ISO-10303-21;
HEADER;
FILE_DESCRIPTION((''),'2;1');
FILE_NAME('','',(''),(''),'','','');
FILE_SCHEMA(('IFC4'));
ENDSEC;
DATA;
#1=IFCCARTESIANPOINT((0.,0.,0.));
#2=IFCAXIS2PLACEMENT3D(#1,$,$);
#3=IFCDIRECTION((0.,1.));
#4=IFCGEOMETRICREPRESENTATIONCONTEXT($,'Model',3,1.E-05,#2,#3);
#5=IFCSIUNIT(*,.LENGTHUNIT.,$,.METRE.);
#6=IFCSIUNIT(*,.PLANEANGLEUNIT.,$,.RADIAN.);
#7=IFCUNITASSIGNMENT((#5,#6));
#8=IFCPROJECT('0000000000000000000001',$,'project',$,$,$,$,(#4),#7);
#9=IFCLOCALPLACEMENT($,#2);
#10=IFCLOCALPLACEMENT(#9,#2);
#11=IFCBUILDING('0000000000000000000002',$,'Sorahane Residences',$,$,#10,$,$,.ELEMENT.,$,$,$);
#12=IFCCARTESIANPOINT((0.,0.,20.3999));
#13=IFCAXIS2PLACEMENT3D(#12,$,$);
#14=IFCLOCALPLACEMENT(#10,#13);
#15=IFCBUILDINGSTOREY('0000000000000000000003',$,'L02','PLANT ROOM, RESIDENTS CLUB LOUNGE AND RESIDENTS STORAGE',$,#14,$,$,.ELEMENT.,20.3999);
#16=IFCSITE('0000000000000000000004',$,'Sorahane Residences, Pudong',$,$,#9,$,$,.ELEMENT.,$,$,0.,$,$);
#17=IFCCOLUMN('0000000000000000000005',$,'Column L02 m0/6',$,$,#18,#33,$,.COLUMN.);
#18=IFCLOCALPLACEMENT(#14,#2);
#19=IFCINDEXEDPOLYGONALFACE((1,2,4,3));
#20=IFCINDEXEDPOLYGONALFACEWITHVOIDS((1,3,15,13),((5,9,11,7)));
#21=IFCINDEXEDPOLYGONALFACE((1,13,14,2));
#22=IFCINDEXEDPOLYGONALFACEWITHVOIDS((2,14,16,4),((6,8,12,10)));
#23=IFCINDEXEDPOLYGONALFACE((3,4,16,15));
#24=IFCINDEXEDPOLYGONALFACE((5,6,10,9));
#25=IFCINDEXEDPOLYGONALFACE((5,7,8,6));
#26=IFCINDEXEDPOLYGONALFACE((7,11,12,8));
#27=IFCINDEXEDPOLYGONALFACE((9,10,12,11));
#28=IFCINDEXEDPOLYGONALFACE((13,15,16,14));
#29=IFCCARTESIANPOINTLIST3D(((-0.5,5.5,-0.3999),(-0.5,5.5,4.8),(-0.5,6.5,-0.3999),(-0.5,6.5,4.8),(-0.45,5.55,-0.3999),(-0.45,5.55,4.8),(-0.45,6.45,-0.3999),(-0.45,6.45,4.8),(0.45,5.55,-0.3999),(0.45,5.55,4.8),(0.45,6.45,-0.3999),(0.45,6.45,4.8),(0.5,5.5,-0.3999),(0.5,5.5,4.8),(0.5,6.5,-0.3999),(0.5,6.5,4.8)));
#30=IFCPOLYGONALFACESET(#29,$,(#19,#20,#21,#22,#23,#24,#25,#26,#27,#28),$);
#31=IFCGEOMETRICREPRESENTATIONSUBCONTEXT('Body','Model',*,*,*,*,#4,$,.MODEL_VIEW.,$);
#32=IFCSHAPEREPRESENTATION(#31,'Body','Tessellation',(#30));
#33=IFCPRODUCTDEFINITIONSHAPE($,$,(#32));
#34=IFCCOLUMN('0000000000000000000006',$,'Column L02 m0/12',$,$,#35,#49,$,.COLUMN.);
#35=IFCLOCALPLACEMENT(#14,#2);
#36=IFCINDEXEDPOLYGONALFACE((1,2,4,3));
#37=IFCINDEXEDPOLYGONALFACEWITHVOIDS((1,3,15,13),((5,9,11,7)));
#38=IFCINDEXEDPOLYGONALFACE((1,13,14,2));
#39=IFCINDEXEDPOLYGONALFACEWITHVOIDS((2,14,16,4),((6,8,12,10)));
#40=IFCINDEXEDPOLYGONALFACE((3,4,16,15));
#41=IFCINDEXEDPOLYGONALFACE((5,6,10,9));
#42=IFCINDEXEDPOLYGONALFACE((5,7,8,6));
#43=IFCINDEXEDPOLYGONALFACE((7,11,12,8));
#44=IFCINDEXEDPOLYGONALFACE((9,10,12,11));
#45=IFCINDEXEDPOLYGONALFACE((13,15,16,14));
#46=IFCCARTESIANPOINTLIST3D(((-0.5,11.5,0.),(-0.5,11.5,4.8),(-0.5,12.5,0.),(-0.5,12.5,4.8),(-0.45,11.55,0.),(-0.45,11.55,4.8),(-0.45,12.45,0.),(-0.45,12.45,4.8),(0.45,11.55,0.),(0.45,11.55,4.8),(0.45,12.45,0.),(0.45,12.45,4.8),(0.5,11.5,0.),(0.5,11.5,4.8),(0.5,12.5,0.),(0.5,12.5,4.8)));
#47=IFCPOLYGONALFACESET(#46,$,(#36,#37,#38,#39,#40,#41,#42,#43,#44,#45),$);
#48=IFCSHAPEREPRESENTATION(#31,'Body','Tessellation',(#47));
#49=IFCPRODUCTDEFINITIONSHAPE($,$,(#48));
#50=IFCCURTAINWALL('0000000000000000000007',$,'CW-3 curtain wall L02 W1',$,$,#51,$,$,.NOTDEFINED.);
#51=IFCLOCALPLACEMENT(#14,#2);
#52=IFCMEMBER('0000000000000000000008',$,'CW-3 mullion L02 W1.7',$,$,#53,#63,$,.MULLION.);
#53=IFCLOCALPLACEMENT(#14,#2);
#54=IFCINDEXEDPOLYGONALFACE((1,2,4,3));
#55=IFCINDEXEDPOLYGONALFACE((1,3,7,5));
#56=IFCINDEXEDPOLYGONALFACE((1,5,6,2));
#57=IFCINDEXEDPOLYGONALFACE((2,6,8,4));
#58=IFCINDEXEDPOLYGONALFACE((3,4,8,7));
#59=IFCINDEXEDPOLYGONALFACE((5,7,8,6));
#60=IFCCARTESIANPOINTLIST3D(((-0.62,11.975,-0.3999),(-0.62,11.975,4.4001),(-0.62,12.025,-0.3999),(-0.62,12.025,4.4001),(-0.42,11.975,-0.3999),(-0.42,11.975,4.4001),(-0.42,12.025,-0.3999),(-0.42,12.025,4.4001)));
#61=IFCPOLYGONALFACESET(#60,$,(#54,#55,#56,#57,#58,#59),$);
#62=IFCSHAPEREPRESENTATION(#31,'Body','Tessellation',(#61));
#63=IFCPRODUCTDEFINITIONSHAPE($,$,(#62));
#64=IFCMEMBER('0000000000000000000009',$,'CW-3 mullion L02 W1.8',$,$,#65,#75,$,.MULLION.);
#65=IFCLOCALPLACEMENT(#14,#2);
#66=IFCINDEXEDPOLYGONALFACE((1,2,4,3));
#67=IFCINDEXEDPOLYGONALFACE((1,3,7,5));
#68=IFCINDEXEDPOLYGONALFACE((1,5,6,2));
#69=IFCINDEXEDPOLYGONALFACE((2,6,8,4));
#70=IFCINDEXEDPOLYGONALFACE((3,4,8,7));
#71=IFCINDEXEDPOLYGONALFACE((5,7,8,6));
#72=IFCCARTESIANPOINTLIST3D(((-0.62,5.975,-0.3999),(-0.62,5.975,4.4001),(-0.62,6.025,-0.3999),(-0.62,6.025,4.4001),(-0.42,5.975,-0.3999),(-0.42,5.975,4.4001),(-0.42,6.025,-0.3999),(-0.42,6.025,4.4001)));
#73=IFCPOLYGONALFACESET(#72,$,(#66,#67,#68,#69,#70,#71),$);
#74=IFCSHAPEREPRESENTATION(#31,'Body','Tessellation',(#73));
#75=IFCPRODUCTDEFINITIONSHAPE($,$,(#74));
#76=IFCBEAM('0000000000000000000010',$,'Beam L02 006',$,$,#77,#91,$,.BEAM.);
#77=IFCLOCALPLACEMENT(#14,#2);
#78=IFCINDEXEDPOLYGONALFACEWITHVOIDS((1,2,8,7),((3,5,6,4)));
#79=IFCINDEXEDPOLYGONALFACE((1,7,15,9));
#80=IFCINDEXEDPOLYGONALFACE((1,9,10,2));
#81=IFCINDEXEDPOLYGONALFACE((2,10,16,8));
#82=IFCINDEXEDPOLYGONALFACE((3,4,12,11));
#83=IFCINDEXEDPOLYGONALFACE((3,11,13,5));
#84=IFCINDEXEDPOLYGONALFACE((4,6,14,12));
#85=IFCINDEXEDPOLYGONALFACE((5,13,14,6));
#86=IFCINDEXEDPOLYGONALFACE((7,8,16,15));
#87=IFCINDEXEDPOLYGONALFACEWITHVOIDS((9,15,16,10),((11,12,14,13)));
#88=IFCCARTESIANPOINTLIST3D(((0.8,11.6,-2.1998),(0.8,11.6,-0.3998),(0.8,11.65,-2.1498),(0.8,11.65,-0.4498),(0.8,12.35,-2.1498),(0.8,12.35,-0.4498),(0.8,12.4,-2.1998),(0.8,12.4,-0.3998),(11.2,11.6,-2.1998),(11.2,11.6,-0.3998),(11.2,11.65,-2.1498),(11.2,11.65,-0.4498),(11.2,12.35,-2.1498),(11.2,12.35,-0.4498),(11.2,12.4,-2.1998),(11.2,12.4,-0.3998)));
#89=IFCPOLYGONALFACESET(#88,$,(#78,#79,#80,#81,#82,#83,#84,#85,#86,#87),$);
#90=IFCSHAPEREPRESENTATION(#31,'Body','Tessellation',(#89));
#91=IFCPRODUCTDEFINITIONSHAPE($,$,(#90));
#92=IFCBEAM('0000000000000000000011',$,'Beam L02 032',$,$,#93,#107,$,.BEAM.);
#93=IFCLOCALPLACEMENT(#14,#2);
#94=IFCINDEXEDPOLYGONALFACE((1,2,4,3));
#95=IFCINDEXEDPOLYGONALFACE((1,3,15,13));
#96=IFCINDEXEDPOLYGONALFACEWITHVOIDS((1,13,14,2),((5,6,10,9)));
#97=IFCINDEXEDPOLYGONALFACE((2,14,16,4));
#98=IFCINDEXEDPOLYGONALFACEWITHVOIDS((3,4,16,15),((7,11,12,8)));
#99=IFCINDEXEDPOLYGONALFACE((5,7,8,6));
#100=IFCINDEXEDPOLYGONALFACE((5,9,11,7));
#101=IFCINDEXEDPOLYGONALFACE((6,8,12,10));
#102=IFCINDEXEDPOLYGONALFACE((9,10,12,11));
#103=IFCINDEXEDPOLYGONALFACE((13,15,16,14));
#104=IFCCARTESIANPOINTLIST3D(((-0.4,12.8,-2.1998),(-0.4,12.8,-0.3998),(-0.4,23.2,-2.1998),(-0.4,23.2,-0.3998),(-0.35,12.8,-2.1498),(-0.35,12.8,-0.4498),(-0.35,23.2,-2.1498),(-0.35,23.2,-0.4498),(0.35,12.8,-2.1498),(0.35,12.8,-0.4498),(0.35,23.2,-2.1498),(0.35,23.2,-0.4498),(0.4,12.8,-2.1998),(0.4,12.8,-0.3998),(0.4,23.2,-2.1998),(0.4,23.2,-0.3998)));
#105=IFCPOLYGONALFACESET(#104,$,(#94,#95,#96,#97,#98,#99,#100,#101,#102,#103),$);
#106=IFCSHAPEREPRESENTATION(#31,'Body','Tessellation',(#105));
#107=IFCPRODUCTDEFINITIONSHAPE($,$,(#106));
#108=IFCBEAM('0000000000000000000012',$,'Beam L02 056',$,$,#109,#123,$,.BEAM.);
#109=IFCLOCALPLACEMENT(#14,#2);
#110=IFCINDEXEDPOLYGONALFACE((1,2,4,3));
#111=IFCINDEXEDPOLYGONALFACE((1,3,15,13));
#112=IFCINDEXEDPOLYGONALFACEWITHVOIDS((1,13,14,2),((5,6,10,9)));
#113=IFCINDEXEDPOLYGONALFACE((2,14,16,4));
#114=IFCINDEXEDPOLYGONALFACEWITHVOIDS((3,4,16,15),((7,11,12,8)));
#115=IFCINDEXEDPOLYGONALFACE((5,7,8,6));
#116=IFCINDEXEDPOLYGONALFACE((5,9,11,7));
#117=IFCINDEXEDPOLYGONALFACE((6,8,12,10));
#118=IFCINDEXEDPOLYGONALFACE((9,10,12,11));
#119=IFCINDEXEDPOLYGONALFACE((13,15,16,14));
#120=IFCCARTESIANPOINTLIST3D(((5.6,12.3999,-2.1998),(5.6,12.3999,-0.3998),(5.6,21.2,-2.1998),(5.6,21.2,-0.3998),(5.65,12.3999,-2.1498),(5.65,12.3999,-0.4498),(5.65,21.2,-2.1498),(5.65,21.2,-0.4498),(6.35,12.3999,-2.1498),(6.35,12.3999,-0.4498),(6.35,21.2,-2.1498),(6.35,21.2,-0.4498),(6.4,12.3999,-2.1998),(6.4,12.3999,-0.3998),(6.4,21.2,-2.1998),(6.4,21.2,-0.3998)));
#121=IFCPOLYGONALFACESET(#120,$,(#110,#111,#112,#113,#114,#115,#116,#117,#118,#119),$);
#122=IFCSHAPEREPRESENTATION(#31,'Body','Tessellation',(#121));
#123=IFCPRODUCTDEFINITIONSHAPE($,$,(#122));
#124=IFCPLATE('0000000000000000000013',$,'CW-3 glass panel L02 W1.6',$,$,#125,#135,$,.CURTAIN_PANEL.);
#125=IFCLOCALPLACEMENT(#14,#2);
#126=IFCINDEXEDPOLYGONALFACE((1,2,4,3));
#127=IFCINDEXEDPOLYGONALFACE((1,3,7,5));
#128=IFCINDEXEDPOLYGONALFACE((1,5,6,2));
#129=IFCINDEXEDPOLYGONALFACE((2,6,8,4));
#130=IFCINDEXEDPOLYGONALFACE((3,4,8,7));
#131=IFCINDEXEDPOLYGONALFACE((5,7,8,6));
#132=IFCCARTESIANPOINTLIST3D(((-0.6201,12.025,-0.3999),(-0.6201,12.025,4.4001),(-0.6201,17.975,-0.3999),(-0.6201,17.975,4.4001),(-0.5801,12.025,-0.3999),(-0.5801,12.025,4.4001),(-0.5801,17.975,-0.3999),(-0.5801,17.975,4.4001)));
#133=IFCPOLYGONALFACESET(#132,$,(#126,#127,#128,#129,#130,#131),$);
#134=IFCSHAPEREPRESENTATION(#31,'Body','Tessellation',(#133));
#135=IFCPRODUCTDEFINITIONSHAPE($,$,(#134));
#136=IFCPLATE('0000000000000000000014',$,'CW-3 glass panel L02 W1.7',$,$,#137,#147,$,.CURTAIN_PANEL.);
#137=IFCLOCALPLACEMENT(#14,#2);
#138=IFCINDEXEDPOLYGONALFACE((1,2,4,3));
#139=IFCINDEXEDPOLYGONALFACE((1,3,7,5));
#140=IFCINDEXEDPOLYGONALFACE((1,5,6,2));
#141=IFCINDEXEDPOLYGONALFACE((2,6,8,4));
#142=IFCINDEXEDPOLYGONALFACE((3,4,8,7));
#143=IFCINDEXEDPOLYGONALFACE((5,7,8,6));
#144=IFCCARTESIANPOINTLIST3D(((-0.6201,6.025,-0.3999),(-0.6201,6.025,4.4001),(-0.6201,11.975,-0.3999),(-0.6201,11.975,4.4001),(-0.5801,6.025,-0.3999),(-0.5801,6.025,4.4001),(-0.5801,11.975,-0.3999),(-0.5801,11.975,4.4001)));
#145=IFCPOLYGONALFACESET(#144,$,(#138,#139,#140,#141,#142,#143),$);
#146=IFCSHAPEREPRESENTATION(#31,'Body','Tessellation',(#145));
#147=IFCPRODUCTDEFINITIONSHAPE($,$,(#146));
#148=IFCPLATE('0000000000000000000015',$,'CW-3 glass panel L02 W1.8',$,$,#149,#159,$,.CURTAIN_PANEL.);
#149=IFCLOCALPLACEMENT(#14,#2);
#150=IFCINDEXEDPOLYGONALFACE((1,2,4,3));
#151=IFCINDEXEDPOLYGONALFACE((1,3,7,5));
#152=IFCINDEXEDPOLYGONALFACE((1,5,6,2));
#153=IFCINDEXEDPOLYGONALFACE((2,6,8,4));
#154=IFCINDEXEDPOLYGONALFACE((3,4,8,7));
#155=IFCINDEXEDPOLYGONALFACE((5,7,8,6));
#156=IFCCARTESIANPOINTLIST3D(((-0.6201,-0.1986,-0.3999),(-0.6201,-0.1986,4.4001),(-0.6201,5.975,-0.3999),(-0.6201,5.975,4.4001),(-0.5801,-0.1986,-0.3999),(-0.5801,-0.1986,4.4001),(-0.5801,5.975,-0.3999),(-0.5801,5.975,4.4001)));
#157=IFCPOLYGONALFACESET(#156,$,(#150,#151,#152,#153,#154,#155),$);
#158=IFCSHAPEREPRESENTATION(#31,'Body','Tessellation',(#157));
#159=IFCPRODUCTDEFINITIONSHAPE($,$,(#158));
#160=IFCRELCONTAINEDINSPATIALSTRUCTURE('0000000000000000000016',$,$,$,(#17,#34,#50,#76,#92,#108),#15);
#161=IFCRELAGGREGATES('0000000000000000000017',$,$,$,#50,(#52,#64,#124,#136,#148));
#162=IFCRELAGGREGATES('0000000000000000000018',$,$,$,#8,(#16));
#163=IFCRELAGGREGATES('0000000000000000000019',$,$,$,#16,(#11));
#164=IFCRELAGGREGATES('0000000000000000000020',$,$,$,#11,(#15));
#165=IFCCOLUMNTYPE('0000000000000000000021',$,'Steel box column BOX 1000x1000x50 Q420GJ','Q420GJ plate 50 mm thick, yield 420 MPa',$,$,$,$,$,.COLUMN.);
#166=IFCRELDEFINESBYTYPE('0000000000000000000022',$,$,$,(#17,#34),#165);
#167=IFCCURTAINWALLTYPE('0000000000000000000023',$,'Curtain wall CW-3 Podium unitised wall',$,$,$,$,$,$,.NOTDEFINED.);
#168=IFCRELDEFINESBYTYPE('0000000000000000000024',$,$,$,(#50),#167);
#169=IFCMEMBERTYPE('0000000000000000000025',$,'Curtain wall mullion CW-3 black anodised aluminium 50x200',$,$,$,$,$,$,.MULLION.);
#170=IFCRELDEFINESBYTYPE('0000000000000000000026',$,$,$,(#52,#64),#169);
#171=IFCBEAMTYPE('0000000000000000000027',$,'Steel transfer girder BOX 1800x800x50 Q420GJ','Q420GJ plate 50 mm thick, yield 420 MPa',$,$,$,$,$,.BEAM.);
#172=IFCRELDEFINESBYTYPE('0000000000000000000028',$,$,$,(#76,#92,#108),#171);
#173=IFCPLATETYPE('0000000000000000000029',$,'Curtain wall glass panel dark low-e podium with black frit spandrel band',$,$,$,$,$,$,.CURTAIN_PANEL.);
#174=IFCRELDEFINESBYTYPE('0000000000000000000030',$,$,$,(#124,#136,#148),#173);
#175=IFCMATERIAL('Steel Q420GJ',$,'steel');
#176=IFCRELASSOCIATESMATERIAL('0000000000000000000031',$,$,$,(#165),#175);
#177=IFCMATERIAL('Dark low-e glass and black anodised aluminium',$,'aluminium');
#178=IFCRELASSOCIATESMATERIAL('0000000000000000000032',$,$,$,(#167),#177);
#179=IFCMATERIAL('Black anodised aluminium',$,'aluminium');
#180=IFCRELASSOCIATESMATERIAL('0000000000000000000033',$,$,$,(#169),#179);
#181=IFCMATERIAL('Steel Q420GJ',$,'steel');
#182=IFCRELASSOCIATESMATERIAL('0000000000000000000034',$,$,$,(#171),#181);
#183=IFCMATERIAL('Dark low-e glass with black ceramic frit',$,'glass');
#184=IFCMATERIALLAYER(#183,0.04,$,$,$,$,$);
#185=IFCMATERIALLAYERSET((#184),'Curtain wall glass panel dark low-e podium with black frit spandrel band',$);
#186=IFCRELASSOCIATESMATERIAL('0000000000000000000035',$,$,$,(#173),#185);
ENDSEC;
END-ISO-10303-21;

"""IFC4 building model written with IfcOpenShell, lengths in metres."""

from ifc_helpers import new_model, si_unit, direction, frame, origin, origin_2d, place, context, subcontext, project, spatial, rectangle, hollow_rectangle, extrude, material, layer, layer_set, material_profile, profile_set, type_object, element, aggregate, save


model = new_model("IFC4")

# Units and contexts
model_context = context("Model", 3, precision=1e-05, world=origin(), true_north=direction((0.0, 1.0)))
body_context = subcontext(model_context, "Body", "Model", "MODEL_VIEW")
ifc_project = project(units=[si_unit("LENGTHUNIT", "METRE"), si_unit("PLANEANGLEUNIT", "RADIAN")], contexts=[model_context])

# Site, building, storey
site_placement = place(None, origin())
site = spatial("IfcSite", under=ifc_project, at=site_placement, Name="Sorahane Residences, Pudong", CompositionType="ELEMENT", RefElevation=0.0)
building_placement = place(site_placement, origin())
building = spatial("IfcBuilding", under=site, at=building_placement, Name="Sorahane Residences", CompositionType="ELEMENT")
storey_placement = place(building_placement, frame((0.0, 0.0, 20.3999)))
storey = spatial("IfcBuildingStorey", under=building, at=storey_placement, Name="L02", Description="PLANT ROOM, RESIDENTS CLUB LOUNGE AND RESIDENTS STORAGE", CompositionType="ELEMENT", Elevation=20.3999)

# Columns
ifc_material_1 = material(Name="Steel Q420GJ", Category="steel")
ifc_material_profile_1 = material_profile(ifc_material_1, hollow_rectangle(XDim=1.0, YDim=1.0, WallThickness=0.05, at=origin_2d()), Name="BOX 1000x1000x50")
ifc_profile_set_1 = profile_set([ifc_material_profile_1], Name="Steel Q420GJ")
column_type = type_object("IfcColumnType", Name="Steel box column BOX 1000x1000x50 Q420GJ", Description="Q420GJ plate 50 mm thick, yield 420 MPa", PredefinedType="COLUMN", material=ifc_profile_set_1)
column_1_placement = place(storey_placement, frame((0.0, 6.0, -0.3999), z_axis=(0.0, 0.0, 1.0), x_axis=(1.0, 0.0, 0.0)))
element("IfcColumn", 1, at=column_1_placement, inside=storey, type_object=column_type, Name="Column L02 m0/6", PredefinedType="COLUMN", context=body_context, shape_type="SweptSolid", body=[
    extrude(hollow_rectangle(XDim=1.0, YDim=1.0, WallThickness=0.05, at=origin_2d()), origin(), (0.0, 0.0, 1.0), 5.2),
])
column_2_placement = place(storey_placement, frame((0.0, 12.0, 0.0), z_axis=(0.0, 0.0, 1.0), x_axis=(1.0, 0.0, 0.0)))
element("IfcColumn", 2, at=column_2_placement, inside=storey, type_object=column_type, Name="Column L02 m0/12", PredefinedType="COLUMN", context=body_context, shape_type="SweptSolid", body=[
    extrude(hollow_rectangle(XDim=1.0, YDim=1.0, WallThickness=0.05, at=origin_2d()), origin(), (0.0, 0.0, 1.0), 4.8),
])

# Curtain wall, members
ifc_material_2 = material(Name="Dark low-e glass and black anodised aluminium", Category="aluminium")
curtain_wall_type = type_object("IfcCurtainWallType", Name="Curtain wall CW-3 Podium unitised wall", PredefinedType="NOTDEFINED", material=ifc_material_2)
curtain_wall_placement = place(storey_placement, origin())
curtain_wall = element("IfcCurtainWall", 3, at=curtain_wall_placement, inside=storey, type_object=curtain_wall_type, Name="CW-3 curtain wall L02 W1", PredefinedType="NOTDEFINED")
ifc_material_3 = material(Name="Black anodised aluminium", Category="aluminium")
ifc_material_profile_2 = material_profile(ifc_material_3, rectangle(XDim=0.2, YDim=0.05, at=origin_2d()), Name="Curtain wall mullion CW-3 black anodised aluminium 50x200")
ifc_profile_set_2 = profile_set([ifc_material_profile_2], Name="Black anodised aluminium")
member_type = type_object("IfcMemberType", Name="Curtain wall mullion CW-3 black anodised aluminium 50x200", PredefinedType="MULLION", material=ifc_profile_set_2)
member_1_placement = place(storey_placement, frame((-0.52, 12.0, -0.3999), z_axis=(0.0, 0.0, 1.0), x_axis=(-1.0, 0.0, 0.0)))
member_1 = element("IfcMember", 4, at=member_1_placement, type_object=member_type, Name="CW-3 mullion L02 W1.7", PredefinedType="MULLION", context=body_context, shape_type="SweptSolid", body=[
    extrude(rectangle(XDim=0.2, YDim=0.05, at=origin_2d()), origin(), (0.0, 0.0, 1.0), 4.8),
])
member_2_placement = place(storey_placement, frame((-0.52, 6.0, -0.3999), z_axis=(0.0, 0.0, 1.0), x_axis=(-1.0, 0.0, 0.0)))
member_2 = element("IfcMember", 5, at=member_2_placement, type_object=member_type, Name="CW-3 mullion L02 W1.8", PredefinedType="MULLION", context=body_context, shape_type="SweptSolid", body=[
    extrude(rectangle(XDim=0.2, YDim=0.05, at=origin_2d()), origin(), (0.0, 0.0, 1.0), 4.8),
])

# Beams
ifc_material_4 = material(Name="Steel Q420GJ", Category="steel")
ifc_material_profile_3 = material_profile(ifc_material_4, hollow_rectangle(XDim=0.8, YDim=1.8, WallThickness=0.05, at=origin_2d()), Name="BOX 1800x800x50")
ifc_profile_set_3 = profile_set([ifc_material_profile_3], Name="Steel Q420GJ")
beam_type = type_object("IfcBeamType", Name="Steel transfer girder BOX 1800x800x50 Q420GJ", Description="Q420GJ plate 50 mm thick, yield 420 MPa", PredefinedType="BEAM", material=ifc_profile_set_3)
for number, where, z_axis, x_axis, name in (
    (6, (0.8, 12.0, -1.2998), (1.0, 0.0, 0.0), (0.0, 1.0, 0.0), "Beam L02 006"),
    (7, (0.0, 12.8, -1.2998), (0.0, 1.0, 0.0), (-1.0, 0.0, 0.0), "Beam L02 032"),
):
    element("IfcBeam", number, at=place(storey_placement, frame(where, z_axis=z_axis, x_axis=x_axis)), inside=storey, type_object=beam_type, Name=name, PredefinedType="BEAM", context=body_context, shape_type="SweptSolid", body=[
        extrude(hollow_rectangle(XDim=0.8, YDim=1.8, WallThickness=0.05, at=origin_2d()), origin(), (0.0, 0.0, 1.0), 10.3999),
    ])
beam_placement = place(storey_placement, frame((6.0, 12.3999, -1.2998), z_axis=(0.0, 1.0, 0.0), x_axis=(-1.0, 0.0, 0.0)))
element("IfcBeam", 8, at=beam_placement, inside=storey, type_object=beam_type, Name="Beam L02 056", PredefinedType="BEAM", context=body_context, shape_type="SweptSolid", body=[
    extrude(hollow_rectangle(XDim=0.8, YDim=1.8, WallThickness=0.05, at=origin_2d()), origin(), (0.0, 0.0, 1.0), 8.8),
])

# Plates
ifc_material_5 = material(Name="Dark low-e glass with black ceramic frit", Category="glass")
ifc_layer_1 = layer(ifc_material_5, 0.04)
ifc_layer_set_1 = layer_set([ifc_layer_1], Name="Curtain wall glass panel dark low-e podium with black frit spandrel band")
plate_type = type_object("IfcPlateType", Name="Curtain wall glass panel dark low-e podium with black frit spandrel band", PredefinedType="CURTAIN_PANEL", material=ifc_layer_set_1)
plate_1_placement = place(storey_placement, frame((-0.6001, 15.0, -0.3999), z_axis=(0.0, 0.0, 1.0), x_axis=(0.0, -1.0, 0.0)))
plate_1 = element("IfcPlate", 9, at=plate_1_placement, type_object=plate_type, Name="CW-3 glass panel L02 W1.6", PredefinedType="CURTAIN_PANEL", context=body_context, shape_type="SweptSolid", body=[
    extrude(rectangle(XDim=5.95, YDim=0.04, at=origin_2d()), origin(), (0.0, 0.0, 1.0), 4.8),
])
plate_2_placement = place(storey_placement, frame((-0.6001, 9.0, -0.3999), z_axis=(0.0, 0.0, 1.0), x_axis=(0.0, -1.0, 0.0)))
plate_2 = element("IfcPlate", 10, at=plate_2_placement, type_object=plate_type, Name="CW-3 glass panel L02 W1.7", PredefinedType="CURTAIN_PANEL", context=body_context, shape_type="SweptSolid", body=[
    extrude(rectangle(XDim=5.95, YDim=0.04, at=origin_2d()), origin(), (0.0, 0.0, 1.0), 4.8),
])
plate_3_placement = place(storey_placement, frame((-0.6001, 2.8882, -0.3999), z_axis=(0.0, 0.0, 1.0), x_axis=(0.0, -1.0, 0.0)))
plate_3 = element("IfcPlate", 11, at=plate_3_placement, type_object=plate_type, Name="CW-3 glass panel L02 W1.8", PredefinedType="CURTAIN_PANEL", context=body_context, shape_type="SweptSolid", body=[
    extrude(rectangle(XDim=6.1736, YDim=0.04, at=origin_2d()), origin(), (0.0, 0.0, 1.0), 4.8),
])
aggregate(curtain_wall, [member_1, member_2, plate_1, plate_2, plate_3])

save(model, "model.ifc")
